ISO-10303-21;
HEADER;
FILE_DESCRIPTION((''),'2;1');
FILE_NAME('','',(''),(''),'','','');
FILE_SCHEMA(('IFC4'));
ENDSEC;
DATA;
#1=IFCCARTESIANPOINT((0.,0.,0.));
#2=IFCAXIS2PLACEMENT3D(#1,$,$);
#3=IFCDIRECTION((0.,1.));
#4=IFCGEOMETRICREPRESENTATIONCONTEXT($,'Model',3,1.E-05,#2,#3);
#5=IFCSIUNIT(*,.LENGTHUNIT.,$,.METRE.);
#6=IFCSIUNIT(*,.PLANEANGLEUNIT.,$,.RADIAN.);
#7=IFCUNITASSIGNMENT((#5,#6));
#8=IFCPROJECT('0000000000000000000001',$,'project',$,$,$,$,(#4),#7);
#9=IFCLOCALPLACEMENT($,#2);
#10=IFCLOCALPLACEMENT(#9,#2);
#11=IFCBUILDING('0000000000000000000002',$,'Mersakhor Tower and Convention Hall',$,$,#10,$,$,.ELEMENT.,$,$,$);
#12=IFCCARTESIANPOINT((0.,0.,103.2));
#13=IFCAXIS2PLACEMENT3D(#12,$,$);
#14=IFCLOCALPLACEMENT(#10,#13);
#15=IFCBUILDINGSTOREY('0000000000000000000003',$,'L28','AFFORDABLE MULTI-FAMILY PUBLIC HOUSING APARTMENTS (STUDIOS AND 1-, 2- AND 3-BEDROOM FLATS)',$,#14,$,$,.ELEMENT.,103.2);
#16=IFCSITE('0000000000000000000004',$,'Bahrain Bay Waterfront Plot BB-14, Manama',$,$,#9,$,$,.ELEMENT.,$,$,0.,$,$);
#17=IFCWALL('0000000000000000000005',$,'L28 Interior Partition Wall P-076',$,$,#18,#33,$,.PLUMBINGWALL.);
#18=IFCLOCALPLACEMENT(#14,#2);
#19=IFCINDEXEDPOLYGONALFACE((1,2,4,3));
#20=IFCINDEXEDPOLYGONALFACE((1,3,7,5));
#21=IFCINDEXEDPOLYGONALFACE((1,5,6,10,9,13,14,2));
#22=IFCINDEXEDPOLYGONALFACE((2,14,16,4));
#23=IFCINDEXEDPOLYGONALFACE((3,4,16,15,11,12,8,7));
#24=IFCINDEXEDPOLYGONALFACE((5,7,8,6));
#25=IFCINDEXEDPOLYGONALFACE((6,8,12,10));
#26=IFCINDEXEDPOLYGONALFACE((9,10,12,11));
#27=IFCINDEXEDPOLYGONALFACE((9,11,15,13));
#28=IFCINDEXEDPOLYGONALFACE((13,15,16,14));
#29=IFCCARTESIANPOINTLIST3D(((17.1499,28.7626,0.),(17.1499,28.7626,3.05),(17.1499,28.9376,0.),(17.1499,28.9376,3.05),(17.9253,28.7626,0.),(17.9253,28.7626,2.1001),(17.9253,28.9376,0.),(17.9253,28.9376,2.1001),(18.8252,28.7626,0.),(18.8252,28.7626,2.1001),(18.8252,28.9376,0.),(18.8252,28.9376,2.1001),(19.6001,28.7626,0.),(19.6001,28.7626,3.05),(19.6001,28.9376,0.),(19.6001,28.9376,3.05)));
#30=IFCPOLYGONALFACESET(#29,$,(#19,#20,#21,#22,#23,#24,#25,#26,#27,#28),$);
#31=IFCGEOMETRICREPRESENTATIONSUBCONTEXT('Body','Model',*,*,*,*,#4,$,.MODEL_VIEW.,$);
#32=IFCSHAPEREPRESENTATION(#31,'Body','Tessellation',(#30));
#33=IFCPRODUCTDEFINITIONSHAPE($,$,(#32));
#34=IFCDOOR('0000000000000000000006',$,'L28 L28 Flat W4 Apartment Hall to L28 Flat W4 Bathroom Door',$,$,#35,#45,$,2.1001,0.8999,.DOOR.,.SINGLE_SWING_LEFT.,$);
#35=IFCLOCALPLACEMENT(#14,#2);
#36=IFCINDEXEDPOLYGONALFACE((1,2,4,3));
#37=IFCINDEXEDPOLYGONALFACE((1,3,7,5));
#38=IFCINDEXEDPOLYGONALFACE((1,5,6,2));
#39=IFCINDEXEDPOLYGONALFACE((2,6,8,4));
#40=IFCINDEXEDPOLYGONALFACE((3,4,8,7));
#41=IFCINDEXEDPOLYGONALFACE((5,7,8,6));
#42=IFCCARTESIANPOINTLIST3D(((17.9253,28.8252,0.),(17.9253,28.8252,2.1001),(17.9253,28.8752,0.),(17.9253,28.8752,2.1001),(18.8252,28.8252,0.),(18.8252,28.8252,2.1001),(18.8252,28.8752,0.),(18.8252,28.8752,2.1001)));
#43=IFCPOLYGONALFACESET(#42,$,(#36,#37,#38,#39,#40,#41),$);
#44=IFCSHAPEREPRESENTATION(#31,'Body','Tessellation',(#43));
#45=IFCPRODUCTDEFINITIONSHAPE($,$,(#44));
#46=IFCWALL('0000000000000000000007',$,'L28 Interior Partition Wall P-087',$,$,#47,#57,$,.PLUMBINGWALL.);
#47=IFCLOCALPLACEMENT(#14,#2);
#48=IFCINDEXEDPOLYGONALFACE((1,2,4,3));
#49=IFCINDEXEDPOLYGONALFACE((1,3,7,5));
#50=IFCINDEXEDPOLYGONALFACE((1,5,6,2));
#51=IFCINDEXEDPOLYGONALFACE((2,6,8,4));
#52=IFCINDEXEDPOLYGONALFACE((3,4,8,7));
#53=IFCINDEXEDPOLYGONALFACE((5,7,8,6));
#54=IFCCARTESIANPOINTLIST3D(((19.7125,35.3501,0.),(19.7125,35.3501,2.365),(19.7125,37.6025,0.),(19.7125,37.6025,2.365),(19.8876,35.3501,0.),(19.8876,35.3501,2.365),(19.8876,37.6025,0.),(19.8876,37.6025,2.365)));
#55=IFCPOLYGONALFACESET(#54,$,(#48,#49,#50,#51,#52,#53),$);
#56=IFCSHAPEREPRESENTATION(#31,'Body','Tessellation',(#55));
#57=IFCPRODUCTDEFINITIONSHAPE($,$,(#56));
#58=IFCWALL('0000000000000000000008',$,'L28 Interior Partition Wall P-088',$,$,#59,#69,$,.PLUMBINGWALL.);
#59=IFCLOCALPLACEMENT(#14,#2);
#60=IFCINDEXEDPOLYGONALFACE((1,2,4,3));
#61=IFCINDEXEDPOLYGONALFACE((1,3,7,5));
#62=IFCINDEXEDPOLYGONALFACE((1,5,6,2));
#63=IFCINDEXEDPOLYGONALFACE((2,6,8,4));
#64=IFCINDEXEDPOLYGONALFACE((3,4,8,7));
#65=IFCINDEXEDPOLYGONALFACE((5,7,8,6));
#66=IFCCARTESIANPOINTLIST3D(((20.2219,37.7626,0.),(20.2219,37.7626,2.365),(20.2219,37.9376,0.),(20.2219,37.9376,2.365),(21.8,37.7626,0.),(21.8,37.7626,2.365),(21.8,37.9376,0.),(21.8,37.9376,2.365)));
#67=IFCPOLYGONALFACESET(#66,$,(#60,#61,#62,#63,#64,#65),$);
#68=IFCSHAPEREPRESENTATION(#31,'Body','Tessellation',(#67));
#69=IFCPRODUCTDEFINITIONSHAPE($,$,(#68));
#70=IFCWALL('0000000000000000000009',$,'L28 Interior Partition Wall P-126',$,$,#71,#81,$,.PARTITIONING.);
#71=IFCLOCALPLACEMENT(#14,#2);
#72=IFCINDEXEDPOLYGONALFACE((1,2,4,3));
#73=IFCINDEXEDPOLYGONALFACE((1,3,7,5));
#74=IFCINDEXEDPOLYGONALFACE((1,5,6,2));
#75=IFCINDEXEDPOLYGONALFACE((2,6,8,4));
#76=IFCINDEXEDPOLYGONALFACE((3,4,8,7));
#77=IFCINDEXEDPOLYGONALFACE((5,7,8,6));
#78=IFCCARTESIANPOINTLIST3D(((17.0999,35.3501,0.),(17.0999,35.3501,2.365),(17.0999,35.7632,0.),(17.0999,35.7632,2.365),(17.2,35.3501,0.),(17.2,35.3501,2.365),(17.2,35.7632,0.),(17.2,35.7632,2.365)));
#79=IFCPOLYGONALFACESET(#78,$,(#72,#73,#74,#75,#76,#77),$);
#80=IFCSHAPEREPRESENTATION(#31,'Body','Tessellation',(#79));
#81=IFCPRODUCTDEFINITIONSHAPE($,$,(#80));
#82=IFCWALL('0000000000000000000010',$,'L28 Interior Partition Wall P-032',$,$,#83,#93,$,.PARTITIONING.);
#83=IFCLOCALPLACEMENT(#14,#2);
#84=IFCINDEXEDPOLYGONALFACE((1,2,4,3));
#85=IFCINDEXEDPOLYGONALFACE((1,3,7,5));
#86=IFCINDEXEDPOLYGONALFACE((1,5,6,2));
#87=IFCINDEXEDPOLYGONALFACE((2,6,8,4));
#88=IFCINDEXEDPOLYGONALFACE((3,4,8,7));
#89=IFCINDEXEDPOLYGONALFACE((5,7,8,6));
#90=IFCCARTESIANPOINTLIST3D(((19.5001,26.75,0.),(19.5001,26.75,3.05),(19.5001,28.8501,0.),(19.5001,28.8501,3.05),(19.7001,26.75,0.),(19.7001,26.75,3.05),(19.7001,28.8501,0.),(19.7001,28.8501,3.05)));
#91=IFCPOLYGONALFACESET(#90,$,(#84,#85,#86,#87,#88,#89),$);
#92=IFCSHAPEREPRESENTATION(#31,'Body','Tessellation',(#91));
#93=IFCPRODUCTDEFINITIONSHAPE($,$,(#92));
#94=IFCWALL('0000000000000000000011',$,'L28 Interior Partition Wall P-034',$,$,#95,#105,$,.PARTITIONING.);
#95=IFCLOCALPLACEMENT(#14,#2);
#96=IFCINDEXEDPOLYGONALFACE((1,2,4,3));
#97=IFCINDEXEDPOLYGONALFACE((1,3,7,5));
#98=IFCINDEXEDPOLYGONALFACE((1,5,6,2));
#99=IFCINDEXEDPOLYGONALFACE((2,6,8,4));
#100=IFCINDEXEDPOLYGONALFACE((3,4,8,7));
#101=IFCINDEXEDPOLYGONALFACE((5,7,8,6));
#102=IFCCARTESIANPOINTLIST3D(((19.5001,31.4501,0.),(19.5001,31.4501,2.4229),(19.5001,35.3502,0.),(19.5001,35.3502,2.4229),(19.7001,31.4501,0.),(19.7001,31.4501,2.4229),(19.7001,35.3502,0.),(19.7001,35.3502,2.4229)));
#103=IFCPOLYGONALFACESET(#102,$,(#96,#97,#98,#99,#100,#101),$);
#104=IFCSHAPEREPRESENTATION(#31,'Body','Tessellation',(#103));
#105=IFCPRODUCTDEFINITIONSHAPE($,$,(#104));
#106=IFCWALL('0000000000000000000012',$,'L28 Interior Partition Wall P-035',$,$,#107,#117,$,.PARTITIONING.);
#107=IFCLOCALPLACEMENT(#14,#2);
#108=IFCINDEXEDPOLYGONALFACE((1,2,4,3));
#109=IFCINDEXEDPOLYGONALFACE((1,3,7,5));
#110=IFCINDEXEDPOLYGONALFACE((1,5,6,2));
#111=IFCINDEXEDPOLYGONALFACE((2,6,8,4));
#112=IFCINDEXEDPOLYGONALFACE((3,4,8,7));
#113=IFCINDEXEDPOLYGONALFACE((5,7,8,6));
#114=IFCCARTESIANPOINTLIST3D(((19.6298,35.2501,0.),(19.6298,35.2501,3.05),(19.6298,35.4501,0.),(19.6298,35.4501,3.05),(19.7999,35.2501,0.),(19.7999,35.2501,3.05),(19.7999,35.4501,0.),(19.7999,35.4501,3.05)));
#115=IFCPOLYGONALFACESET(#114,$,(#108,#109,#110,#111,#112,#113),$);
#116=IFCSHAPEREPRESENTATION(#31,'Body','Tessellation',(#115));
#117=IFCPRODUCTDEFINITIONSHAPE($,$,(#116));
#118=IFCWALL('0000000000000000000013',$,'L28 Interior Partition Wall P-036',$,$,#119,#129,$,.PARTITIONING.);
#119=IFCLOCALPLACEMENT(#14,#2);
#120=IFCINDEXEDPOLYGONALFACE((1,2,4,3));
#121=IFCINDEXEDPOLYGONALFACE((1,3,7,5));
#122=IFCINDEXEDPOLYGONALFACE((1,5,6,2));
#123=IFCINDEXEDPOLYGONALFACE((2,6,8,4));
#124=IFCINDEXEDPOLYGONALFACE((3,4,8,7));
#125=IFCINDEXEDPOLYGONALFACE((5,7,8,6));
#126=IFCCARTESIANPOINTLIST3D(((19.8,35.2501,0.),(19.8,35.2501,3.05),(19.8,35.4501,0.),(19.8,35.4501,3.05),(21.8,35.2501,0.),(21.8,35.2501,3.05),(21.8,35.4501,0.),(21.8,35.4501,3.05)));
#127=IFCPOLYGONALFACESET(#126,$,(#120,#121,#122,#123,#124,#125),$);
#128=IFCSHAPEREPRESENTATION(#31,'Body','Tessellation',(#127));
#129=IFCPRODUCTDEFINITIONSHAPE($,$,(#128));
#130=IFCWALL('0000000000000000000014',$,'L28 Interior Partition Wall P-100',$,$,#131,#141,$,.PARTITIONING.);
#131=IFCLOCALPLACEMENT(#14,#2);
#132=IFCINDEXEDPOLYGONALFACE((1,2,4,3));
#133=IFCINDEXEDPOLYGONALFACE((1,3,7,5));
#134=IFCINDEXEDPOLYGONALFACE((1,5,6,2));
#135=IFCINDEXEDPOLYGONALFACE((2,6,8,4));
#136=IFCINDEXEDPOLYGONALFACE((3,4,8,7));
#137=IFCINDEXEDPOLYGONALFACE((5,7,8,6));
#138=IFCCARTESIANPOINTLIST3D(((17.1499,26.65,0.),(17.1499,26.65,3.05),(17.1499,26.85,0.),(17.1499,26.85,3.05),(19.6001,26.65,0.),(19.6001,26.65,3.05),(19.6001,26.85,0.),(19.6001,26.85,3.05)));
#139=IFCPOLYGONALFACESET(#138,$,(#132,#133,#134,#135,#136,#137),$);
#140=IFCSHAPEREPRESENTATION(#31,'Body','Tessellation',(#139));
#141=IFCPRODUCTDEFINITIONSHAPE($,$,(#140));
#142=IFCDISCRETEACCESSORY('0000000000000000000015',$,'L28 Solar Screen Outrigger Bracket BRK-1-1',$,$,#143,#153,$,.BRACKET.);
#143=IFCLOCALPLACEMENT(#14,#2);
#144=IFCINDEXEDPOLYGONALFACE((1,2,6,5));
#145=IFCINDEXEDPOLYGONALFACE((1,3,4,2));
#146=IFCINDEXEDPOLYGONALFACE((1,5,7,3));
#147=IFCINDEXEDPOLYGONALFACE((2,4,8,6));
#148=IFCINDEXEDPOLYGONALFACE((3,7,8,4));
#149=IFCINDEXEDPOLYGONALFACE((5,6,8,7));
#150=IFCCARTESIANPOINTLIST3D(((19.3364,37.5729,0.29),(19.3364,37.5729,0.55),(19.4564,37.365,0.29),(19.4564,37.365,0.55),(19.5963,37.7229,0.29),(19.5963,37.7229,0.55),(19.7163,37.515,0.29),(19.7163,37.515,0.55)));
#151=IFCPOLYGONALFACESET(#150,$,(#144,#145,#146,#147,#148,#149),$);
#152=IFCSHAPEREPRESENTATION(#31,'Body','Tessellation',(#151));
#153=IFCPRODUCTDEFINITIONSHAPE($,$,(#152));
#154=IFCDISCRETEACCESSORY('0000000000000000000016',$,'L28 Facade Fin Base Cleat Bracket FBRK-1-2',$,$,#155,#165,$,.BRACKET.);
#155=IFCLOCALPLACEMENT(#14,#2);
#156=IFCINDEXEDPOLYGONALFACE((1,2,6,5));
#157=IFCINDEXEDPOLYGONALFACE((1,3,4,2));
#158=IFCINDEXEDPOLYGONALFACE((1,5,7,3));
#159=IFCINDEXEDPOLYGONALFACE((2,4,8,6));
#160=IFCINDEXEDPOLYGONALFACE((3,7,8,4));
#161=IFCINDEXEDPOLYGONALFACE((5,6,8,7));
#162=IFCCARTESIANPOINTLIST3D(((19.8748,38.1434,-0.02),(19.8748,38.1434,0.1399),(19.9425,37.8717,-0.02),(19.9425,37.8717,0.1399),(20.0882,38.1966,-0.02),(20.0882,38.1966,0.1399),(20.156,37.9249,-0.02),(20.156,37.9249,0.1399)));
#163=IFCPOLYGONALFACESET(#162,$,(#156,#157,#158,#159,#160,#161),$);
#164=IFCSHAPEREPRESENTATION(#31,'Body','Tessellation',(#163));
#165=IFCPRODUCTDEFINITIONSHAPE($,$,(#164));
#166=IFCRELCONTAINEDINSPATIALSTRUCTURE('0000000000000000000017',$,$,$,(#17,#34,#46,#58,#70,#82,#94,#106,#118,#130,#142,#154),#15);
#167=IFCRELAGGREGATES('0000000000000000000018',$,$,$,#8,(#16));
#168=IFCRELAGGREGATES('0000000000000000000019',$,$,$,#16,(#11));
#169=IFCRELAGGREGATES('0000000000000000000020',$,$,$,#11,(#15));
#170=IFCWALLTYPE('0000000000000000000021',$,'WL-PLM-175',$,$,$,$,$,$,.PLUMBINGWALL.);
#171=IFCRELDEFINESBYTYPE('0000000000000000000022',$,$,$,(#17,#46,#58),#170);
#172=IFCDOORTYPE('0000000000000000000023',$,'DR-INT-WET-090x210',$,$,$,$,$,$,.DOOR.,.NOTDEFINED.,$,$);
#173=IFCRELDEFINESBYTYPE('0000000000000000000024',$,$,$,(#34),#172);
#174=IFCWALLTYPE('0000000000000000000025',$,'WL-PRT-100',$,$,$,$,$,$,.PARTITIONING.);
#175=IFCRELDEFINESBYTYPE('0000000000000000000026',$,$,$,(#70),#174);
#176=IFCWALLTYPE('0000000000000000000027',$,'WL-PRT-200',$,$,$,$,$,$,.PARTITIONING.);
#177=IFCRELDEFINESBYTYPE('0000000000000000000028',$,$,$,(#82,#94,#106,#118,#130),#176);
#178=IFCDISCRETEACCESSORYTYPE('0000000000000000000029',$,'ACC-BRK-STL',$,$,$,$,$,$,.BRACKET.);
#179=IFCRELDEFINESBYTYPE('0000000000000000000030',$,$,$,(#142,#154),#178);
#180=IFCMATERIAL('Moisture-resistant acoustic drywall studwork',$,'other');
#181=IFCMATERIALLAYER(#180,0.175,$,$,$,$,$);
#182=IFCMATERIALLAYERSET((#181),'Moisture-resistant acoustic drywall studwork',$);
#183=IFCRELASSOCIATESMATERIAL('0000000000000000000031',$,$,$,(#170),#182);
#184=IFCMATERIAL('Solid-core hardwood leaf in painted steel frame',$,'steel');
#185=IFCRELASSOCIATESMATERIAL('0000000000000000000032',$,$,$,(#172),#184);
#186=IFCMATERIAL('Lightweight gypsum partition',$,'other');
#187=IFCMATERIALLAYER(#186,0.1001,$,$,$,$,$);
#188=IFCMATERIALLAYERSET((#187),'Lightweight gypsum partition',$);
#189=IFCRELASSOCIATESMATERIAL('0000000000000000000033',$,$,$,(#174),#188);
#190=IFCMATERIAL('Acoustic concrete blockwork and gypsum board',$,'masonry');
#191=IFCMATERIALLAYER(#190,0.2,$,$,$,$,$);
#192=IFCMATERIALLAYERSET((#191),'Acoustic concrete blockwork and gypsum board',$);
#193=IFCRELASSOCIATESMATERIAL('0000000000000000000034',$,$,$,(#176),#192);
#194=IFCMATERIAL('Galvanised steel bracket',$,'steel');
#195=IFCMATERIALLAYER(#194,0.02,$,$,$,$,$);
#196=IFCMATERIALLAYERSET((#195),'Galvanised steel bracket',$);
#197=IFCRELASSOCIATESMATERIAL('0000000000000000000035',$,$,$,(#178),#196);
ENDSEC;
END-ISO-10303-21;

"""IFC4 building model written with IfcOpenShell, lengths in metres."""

from ifc_helpers import new_model, si_unit, direction, frame, frame_2d, origin, origin_2d, place, context, subcontext, project, spatial, rectangle, extrude, material, layer, layer_set, type_object, element, fill, save


model = new_model("IFC4")

# Units and contexts
model_context = context("Model", 3, precision=1e-05, world=origin(), true_north=direction((0.0, 1.0)))
body_context = subcontext(model_context, "Body", "Model", "MODEL_VIEW")
ifc_project = project(units=[si_unit("LENGTHUNIT", "METRE"), si_unit("PLANEANGLEUNIT", "RADIAN")], contexts=[model_context])

# Site, building, storey
site_placement = place(None, origin())
site = spatial("IfcSite", under=ifc_project, at=site_placement, Name="Bahrain Bay Waterfront Plot BB-14, Manama", CompositionType="ELEMENT", RefElevation=0.0)
building_placement = place(site_placement, origin())
building = spatial("IfcBuilding", under=site, at=building_placement, Name="Mersakhor Tower and Convention Hall", CompositionType="ELEMENT")
storey_placement = place(building_placement, frame((0.0, 0.0, 103.2)))
storey = spatial("IfcBuildingStorey", under=building, at=storey_placement, Name="L28", Description="AFFORDABLE MULTI-FAMILY PUBLIC HOUSING APARTMENTS (STUDIOS AND 1-, 2- AND 3-BEDROOM FLATS)", CompositionType="ELEMENT", Elevation=103.2)

# Wall, opening, door
ifc_material_1 = material(Name="Moisture-resistant acoustic drywall studwork", Category="other")
ifc_layer_1 = layer(ifc_material_1, 0.175)
ifc_layer_set_1 = layer_set([ifc_layer_1], Name="Moisture-resistant acoustic drywall studwork")
wall_type_1 = type_object("IfcWallType", Name="WL-PLM-175", PredefinedType="PLUMBINGWALL", material=ifc_layer_set_1)
wall_1_placement = place(storey_placement, frame((19.6001, 28.8501, 0.0), z_axis=(0.0, 0.0, 1.0), x_axis=(-1.0, 0.0, 0.0)))
wall_1 = element("IfcWall", 1, at=wall_1_placement, inside=storey, type_object=wall_type_1, Name="L28 Interior Partition Wall P-076", PredefinedType="PLUMBINGWALL", context=body_context, shape_type="SweptSolid", body=[
    extrude(rectangle(XDim=2.4502, YDim=0.175, at=frame_2d((1.2251, 0.0))), origin(), (0.0, 0.0, 1.0), 3.05),
])
opening_1_placement = place(wall_1_placement, frame((0.7749, 0.0, 0.0)))
opening_1 = element("IfcOpeningElement", 2, at=opening_1_placement, cuts=wall_1, PredefinedType="OPENING", context=body_context, shape_type="SweptSolid", body=[
    extrude(rectangle(XDim=0.8999, YDim=2.1001, at=frame_2d((0.45, 1.05))), frame((0.0, 0.0974, 0.0), z_axis=(0.0, -1.0, 0.0), x_axis=(1.0, 0.0, 0.0)), (0.0, 0.0, 1.0), 0.1951),
])
ifc_material_2 = material(Name="Solid-core hardwood leaf in painted steel frame", Category="steel")
door_type_1 = type_object("IfcDoorType", Name="DR-INT-WET-090x210", OperationType="NOTDEFINED", PredefinedType="DOOR", material=ifc_material_2)
door_1_placement = place(opening_1_placement, origin())
door_1 = element("IfcDoor", 3, at=door_1_placement, inside=storey, type_object=door_type_1, Name="L28 L28 Flat W4 Apartment Hall to L28 Flat W4 Bathroom Door", OperationType="SINGLE_SWING_LEFT", OverallHeight=2.1001, OverallWidth=0.8999, PredefinedType="DOOR", context=body_context, shape_type="SweptSolid", body=[
    extrude(rectangle(XDim=0.8999, YDim=2.1001, at=frame_2d((0.45, 1.05))), frame((0.0, 0.0249, 0.0), z_axis=(0.0, -1.0, 0.0), x_axis=(1.0, 0.0, 0.0)), (0.0, 0.0, 1.0), 0.05),
])
fill(opening_1, door_1)

# Walls
wall_2_placement = place(storey_placement, frame((19.8, 35.3501, 0.0), z_axis=(0.0, 0.0, 1.0), x_axis=(0.0, 1.0, 0.0)))
element("IfcWall", 4, at=wall_2_placement, inside=storey, type_object=wall_type_1, Name="L28 Interior Partition Wall P-087", PredefinedType="PLUMBINGWALL", context=body_context, shape_type="SweptSolid", body=[
    extrude(rectangle(XDim=2.2524, YDim=0.175, at=frame_2d((1.1262, 0.0))), origin(), (0.0, 0.0, 1.0), 2.365),
])
wall_3_placement = place(storey_placement, frame((20.2219, 37.8501, 0.0), z_axis=(0.0, 0.0, 1.0), x_axis=(1.0, 0.0, 0.0)))
element("IfcWall", 5, at=wall_3_placement, inside=storey, type_object=wall_type_1, Name="L28 Interior Partition Wall P-088", PredefinedType="PLUMBINGWALL", context=body_context, shape_type="SweptSolid", body=[
    extrude(rectangle(XDim=1.5781, YDim=0.175, at=frame_2d((0.7891, 0.0))), origin(), (0.0, 0.0, 1.0), 2.365),
])
ifc_material_3 = material(Name="Lightweight gypsum partition", Category="other")
ifc_layer_2 = layer(ifc_material_3, 0.1001)
ifc_layer_set_2 = layer_set([ifc_layer_2], Name="Lightweight gypsum partition")
wall_type_2 = type_object("IfcWallType", Name="WL-PRT-100", PredefinedType="PARTITIONING", material=ifc_layer_set_2)
wall_4_placement = place(storey_placement, frame((17.1499, 35.7632, 0.0), z_axis=(0.0, 0.0, 1.0), x_axis=(0.0, -1.0, 0.0)))
element("IfcWall", 6, at=wall_4_placement, inside=storey, type_object=wall_type_2, Name="L28 Interior Partition Wall P-126", PredefinedType="PARTITIONING", context=body_context, shape_type="SweptSolid", body=[
    extrude(rectangle(XDim=0.4131, YDim=0.1001, at=frame_2d((0.2065, 0.0))), origin(), (0.0, 0.0, 1.0), 2.365),
])
ifc_material_4 = material(Name="Acoustic concrete blockwork and gypsum board", Category="masonry")
ifc_layer_3 = layer(ifc_material_4, 0.2)
ifc_layer_set_3 = layer_set([ifc_layer_3], Name="Acoustic concrete blockwork and gypsum board")
wall_type_3 = type_object("IfcWallType", Name="WL-PRT-200", PredefinedType="PARTITIONING", material=ifc_layer_set_3)
wall_5_placement = place(storey_placement, frame((19.6001, 26.75, 0.0), z_axis=(0.0, 0.0, 1.0), x_axis=(0.0, 1.0, 0.0)))
element("IfcWall", 7, at=wall_5_placement, inside=storey, type_object=wall_type_3, Name="L28 Interior Partition Wall P-032", PredefinedType="PARTITIONING", context=body_context, shape_type="SweptSolid", body=[
    extrude(rectangle(XDim=2.1001, YDim=0.2, at=frame_2d((1.05, 0.0))), origin(), (0.0, 0.0, 1.0), 3.05),
])

# Walls
wall_6_placement = place(storey_placement, frame((19.6001, 31.45, 0.0), z_axis=(0.0, 0.0, 1.0), x_axis=(0.0, 1.0, 0.0)))
element("IfcWall", 8, at=wall_6_placement, inside=storey, type_object=wall_type_3, Name="L28 Interior Partition Wall P-034", PredefinedType="PARTITIONING", context=body_context, shape_type="SweptSolid", body=[
    extrude(rectangle(XDim=3.9001, YDim=0.2, at=frame_2d((1.9502, 0.0))), origin(), (0.0, 0.0, 1.0), 2.4229),
])
wall_7_placement = place(storey_placement, frame((19.6299, 35.3501, 0.0), z_axis=(0.0, 0.0, 1.0), x_axis=(1.0, 0.0, 0.0)))
element("IfcWall", 9, at=wall_7_placement, inside=storey, type_object=wall_type_3, Name="L28 Interior Partition Wall P-035", PredefinedType="PARTITIONING", context=body_context, shape_type="SweptSolid", body=[
    extrude(rectangle(XDim=0.1702, YDim=0.2, at=frame_2d((0.085, 0.0))), origin(), (0.0, 0.0, 1.0), 3.05),
])
wall_8_placement = place(storey_placement, frame((19.8, 35.3501, 0.0), z_axis=(0.0, 0.0, 1.0), x_axis=(1.0, 0.0, 0.0)))
element("IfcWall", 10, at=wall_8_placement, inside=storey, type_object=wall_type_3, Name="L28 Interior Partition Wall P-036", PredefinedType="PARTITIONING", context=body_context, shape_type="SweptSolid", body=[
    extrude(rectangle(XDim=2.0, YDim=0.2, at=frame_2d((1.0, 0.0))), origin(), (0.0, 0.0, 1.0), 3.05),
])
wall_9_placement = place(storey_placement, frame((19.6001, 26.75, 0.0), z_axis=(0.0, 0.0, 1.0), x_axis=(-1.0, 0.0, 0.0)))
element("IfcWall", 11, at=wall_9_placement, inside=storey, type_object=wall_type_3, Name="L28 Interior Partition Wall P-100", PredefinedType="PARTITIONING", context=body_context, shape_type="SweptSolid", body=[
    extrude(rectangle(XDim=2.4502, YDim=0.2, at=frame_2d((1.2251, 0.0))), origin(), (0.0, 0.0, 1.0), 3.05),
])

# Discrete accessories
ifc_material_5 = material(Name="Galvanised steel bracket", Category="steel")
ifc_layer_4 = layer(ifc_material_5, 0.02)
ifc_layer_set_4 = layer_set([ifc_layer_4], Name="Galvanised steel bracket")
discrete_accessory_type = type_object("IfcDiscreteAccessoryType", Name="ACC-BRK-STL", PredefinedType="BRACKET", material=ifc_layer_set_4)
discrete_accessory_1_placement = place(storey_placement, frame((19.5264, 37.5439, 0.29), z_axis=(0.0, 0.0, 1.0), x_axis=(0.866025, 0.5, 0.0)))
element("IfcDiscreteAccessory", 12, at=discrete_accessory_1_placement, inside=storey, type_object=discrete_accessory_type, Name="L28 Solar Screen Outrigger Bracket BRK-1-1", PredefinedType="BRACKET", context=body_context, shape_type="SweptSolid", body=[
    extrude(rectangle(XDim=0.3, YDim=0.24, at=origin_2d()), origin(), (0.0, 0.0, 1.0), 0.26),
])
discrete_accessory_2_placement = place(storey_placement, frame((20.0154, 38.0342, -0.02), z_axis=(0.0, 0.0, 1.0), x_axis=(-0.241922, 0.970296, 0.0)))
element("IfcDiscreteAccessory", 13, at=discrete_accessory_2_placement, inside=storey, type_object=discrete_accessory_type, Name="L28 Facade Fin Base Cleat Bracket FBRK-1-2", PredefinedType="BRACKET", context=body_context, shape_type="SweptSolid", body=[
    extrude(rectangle(XDim=0.28, YDim=0.22, at=origin_2d()), origin(), (0.0, 0.0, 1.0), 0.1599),
])

save(model, "model.ifc")
